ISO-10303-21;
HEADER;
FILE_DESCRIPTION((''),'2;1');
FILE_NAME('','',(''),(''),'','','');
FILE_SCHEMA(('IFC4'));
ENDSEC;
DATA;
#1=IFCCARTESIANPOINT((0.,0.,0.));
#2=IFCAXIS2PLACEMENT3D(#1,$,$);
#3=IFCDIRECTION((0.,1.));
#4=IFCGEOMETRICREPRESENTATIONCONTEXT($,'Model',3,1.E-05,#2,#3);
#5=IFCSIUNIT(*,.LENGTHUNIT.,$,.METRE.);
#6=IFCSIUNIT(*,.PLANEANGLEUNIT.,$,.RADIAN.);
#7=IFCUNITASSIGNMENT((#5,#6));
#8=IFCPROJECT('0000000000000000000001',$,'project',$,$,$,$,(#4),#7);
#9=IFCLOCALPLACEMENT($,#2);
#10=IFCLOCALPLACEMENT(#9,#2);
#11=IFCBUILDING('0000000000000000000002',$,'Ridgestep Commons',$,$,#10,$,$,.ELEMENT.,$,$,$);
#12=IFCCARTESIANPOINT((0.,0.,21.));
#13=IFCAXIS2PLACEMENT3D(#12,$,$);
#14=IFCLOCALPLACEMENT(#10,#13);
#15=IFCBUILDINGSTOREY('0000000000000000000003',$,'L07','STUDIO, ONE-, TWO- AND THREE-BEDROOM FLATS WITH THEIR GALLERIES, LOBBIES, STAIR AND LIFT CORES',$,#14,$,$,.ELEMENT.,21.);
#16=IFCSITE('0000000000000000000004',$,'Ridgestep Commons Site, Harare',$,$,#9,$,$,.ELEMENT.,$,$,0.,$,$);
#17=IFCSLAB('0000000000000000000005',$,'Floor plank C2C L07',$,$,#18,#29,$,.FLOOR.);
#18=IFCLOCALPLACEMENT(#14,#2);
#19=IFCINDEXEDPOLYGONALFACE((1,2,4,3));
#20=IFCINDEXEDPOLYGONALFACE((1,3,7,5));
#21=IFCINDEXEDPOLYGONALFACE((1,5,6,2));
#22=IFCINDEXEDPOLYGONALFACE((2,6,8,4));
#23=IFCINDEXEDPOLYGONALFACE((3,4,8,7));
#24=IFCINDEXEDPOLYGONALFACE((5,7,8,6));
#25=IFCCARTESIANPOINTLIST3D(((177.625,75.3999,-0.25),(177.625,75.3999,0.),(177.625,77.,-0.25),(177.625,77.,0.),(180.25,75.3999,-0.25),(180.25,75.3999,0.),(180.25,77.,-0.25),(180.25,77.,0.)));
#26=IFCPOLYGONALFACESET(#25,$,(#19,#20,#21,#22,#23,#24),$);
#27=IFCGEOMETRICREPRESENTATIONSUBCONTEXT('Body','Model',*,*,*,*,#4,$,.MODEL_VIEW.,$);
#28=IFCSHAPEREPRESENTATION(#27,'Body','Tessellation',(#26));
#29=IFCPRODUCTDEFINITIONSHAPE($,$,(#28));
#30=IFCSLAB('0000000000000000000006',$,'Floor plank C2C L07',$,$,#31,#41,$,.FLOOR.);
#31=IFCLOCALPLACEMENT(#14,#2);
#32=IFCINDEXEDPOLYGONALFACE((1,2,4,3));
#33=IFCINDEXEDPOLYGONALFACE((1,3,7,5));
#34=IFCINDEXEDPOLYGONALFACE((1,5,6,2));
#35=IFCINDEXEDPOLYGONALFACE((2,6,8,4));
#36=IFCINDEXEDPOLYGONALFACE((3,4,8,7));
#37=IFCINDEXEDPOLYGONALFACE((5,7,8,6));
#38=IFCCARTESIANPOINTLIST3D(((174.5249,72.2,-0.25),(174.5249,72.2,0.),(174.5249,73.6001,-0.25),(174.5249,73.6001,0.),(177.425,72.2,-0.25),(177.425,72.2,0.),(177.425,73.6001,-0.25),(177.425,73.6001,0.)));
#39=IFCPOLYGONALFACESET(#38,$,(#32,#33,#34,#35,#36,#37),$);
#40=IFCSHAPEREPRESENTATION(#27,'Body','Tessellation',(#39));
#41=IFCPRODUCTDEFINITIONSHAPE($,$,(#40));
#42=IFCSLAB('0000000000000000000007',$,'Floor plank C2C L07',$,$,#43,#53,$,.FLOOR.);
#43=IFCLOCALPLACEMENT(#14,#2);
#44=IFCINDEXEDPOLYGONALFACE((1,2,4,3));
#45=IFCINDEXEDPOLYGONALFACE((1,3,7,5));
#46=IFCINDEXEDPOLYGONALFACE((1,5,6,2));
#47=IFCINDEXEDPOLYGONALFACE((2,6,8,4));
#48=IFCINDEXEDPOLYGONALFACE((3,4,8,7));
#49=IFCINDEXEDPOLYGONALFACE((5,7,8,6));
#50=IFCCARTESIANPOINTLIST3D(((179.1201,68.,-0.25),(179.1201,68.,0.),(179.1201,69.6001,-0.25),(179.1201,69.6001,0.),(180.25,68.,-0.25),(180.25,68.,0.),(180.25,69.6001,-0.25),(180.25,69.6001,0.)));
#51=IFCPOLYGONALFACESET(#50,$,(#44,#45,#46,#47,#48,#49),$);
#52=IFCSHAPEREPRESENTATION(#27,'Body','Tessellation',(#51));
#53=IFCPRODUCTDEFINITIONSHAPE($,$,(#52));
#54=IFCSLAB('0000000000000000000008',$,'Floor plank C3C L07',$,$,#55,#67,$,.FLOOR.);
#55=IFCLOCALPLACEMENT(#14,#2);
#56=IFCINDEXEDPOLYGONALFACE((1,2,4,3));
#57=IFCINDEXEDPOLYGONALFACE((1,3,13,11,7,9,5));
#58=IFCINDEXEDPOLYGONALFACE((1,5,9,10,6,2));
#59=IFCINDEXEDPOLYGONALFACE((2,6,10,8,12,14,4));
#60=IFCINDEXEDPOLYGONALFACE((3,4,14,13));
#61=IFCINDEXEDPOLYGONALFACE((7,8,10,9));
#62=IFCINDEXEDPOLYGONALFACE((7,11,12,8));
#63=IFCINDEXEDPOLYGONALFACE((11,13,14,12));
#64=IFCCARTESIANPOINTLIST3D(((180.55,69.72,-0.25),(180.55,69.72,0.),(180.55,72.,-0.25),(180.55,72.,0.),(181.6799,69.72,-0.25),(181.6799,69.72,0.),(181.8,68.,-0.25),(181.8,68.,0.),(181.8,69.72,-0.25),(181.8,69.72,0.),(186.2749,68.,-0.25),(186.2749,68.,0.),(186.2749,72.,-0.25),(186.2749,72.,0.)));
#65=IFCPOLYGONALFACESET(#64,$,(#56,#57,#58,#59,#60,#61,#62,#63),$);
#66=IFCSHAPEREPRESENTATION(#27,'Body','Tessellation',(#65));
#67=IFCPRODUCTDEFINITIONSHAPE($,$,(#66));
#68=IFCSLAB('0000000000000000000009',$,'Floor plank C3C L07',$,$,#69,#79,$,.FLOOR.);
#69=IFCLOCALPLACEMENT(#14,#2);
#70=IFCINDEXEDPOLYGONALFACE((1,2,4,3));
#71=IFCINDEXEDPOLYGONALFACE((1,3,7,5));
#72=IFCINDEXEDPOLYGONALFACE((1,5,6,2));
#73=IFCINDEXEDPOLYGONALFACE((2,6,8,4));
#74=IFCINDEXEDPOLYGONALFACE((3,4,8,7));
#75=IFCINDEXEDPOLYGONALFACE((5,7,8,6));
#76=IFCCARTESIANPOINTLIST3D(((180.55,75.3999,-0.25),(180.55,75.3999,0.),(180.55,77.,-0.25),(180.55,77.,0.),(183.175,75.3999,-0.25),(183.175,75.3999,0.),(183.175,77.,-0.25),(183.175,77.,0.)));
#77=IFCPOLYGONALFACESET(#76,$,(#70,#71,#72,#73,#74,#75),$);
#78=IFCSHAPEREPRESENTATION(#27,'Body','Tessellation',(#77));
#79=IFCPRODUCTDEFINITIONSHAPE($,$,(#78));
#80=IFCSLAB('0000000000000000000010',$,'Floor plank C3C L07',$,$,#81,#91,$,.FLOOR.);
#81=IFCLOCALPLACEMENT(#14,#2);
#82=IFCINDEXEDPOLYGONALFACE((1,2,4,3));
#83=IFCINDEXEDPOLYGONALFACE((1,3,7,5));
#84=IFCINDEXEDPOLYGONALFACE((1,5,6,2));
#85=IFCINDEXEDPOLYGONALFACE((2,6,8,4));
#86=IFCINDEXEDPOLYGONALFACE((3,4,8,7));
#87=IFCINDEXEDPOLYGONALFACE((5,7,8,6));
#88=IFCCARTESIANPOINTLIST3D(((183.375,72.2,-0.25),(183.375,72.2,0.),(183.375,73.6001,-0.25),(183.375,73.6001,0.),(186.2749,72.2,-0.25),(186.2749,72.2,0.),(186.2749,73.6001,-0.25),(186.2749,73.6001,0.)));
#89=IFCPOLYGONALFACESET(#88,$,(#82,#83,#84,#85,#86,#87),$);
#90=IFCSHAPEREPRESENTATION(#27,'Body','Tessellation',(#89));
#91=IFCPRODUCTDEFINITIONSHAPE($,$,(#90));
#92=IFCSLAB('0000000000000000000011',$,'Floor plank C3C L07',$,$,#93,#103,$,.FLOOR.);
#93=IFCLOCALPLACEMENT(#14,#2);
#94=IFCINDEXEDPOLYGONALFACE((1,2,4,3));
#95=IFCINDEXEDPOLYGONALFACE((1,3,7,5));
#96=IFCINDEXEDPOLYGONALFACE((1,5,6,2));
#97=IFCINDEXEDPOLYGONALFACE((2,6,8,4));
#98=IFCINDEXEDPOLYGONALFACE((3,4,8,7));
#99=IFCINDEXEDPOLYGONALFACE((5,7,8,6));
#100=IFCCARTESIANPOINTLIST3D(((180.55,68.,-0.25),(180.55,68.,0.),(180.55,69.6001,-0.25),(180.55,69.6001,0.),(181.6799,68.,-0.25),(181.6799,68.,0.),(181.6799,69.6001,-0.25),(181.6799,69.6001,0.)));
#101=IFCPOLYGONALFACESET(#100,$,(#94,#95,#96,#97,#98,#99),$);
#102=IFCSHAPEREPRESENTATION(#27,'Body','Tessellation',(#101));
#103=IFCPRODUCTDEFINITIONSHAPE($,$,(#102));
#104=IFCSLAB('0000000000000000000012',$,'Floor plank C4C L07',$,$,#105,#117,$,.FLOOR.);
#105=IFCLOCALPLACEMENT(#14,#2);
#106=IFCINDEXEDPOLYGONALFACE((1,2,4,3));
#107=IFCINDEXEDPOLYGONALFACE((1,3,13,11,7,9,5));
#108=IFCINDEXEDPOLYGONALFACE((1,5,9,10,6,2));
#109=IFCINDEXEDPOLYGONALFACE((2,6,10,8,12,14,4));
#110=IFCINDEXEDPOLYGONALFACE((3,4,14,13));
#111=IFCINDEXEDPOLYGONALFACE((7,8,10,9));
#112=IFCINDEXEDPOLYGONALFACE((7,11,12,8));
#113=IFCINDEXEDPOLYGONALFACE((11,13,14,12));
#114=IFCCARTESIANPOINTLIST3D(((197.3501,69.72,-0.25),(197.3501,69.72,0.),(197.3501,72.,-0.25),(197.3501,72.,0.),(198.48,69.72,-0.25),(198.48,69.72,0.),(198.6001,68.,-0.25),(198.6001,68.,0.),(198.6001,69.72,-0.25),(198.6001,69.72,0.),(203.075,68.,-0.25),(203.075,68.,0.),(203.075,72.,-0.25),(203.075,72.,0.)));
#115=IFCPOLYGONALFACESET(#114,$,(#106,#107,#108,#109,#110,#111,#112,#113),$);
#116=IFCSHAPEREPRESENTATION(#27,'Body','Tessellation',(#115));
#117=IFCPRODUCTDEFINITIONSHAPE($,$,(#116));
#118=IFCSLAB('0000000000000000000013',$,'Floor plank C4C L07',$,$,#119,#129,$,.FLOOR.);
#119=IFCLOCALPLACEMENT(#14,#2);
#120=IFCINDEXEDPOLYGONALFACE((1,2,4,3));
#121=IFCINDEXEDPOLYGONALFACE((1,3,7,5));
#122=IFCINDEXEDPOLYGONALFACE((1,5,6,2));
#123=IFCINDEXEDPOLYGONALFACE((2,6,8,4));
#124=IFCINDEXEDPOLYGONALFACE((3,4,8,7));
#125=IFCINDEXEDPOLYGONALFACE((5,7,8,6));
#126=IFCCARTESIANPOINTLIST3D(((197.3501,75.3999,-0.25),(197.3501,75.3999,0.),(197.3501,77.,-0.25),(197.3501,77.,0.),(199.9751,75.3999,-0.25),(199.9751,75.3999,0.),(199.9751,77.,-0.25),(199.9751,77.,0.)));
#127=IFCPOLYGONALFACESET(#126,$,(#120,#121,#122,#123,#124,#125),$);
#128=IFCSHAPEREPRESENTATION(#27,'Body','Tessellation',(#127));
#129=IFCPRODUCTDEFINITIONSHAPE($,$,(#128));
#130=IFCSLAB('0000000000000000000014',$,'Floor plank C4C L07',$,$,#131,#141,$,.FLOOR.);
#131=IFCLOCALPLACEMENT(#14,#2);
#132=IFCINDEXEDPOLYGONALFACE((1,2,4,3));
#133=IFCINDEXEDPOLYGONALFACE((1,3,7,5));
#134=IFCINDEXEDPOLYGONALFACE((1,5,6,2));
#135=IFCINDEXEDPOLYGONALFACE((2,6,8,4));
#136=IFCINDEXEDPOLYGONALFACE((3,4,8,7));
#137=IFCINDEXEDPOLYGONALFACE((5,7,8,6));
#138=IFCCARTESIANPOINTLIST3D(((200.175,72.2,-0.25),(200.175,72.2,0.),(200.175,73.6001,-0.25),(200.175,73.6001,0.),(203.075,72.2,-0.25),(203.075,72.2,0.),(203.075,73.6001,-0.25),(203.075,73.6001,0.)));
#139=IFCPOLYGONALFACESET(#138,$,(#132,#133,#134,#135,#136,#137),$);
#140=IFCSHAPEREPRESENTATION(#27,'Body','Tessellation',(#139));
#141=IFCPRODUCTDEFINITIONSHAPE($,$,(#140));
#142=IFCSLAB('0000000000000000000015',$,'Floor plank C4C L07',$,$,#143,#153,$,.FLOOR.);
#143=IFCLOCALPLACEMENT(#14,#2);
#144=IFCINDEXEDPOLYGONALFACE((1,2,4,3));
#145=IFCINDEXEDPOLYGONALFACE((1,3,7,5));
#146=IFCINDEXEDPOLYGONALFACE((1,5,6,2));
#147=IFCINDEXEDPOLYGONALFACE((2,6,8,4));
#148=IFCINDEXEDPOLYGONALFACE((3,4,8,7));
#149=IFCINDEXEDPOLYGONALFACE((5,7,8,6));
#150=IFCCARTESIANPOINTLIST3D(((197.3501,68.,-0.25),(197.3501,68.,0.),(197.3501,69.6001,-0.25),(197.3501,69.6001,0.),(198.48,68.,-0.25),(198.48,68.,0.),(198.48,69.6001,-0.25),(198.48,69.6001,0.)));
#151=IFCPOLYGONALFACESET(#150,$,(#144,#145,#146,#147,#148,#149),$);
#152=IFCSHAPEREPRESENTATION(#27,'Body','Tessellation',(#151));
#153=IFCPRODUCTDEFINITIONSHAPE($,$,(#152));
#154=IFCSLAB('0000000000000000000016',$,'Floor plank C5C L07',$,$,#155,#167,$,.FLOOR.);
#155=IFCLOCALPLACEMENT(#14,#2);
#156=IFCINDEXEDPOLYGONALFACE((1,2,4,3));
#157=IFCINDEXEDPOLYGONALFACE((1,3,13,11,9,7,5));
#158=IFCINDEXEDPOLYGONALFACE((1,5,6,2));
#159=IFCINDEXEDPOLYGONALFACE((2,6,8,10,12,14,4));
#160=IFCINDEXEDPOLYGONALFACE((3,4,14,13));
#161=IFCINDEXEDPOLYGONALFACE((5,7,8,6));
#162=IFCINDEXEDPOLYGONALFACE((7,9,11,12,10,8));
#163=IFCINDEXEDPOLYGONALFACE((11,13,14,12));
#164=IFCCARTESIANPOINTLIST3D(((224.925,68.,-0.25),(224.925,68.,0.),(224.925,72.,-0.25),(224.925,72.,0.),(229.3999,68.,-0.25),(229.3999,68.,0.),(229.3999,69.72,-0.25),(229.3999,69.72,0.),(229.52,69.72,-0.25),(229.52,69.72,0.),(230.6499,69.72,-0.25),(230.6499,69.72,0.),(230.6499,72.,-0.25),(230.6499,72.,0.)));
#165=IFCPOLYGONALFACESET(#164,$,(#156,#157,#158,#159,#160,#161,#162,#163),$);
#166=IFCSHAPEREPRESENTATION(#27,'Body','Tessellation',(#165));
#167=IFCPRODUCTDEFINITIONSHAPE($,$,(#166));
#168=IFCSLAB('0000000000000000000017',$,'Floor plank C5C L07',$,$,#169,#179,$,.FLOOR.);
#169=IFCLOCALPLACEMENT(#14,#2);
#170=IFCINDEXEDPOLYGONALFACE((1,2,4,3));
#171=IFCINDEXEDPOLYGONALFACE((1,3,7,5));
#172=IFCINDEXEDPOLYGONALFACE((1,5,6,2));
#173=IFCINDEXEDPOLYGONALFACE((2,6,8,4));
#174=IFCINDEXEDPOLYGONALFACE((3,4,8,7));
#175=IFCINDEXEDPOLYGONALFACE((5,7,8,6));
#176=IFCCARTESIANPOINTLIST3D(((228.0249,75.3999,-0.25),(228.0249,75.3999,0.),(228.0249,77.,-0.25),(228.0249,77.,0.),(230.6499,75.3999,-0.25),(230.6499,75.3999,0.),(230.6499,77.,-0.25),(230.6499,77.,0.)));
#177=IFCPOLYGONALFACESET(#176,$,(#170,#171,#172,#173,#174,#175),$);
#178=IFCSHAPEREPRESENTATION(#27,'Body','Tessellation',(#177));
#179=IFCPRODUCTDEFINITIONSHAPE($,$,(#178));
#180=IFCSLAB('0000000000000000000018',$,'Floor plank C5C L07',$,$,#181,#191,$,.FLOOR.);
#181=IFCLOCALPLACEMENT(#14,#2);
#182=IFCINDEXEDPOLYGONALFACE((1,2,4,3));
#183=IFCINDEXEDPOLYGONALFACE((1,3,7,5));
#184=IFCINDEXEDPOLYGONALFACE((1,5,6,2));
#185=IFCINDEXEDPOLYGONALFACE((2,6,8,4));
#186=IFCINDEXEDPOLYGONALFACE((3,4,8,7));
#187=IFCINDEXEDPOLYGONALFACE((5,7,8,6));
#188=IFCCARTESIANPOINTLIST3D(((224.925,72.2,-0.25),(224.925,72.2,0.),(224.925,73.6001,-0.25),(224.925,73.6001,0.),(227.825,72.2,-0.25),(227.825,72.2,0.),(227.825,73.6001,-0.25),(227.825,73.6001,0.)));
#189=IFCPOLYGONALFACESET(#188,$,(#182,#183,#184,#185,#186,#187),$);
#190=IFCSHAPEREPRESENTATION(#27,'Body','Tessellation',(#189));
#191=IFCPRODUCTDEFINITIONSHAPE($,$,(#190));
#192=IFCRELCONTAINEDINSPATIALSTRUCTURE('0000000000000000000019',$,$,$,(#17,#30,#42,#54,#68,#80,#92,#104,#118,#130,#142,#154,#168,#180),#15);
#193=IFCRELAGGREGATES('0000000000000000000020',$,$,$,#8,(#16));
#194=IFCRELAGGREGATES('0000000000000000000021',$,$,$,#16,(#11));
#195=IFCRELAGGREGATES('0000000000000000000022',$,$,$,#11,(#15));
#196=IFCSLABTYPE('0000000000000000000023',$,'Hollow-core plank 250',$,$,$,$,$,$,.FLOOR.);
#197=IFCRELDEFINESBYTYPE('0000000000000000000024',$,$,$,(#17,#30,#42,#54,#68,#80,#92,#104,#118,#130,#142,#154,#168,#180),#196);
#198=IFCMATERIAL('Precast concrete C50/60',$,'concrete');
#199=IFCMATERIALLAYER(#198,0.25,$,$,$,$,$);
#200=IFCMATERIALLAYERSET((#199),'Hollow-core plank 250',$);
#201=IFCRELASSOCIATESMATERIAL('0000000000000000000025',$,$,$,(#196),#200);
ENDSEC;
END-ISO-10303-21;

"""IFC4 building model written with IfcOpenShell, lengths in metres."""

from ifc_helpers import new_model, si_unit, direction, frame, origin, place, context, subcontext, project, spatial, polyline, outline, extrude, material, layer, layer_set, type_object, element, save


model = new_model("IFC4")

# Units and contexts
model_context = context("Model", 3, precision=1e-05, world=origin(), true_north=direction((0.0, 1.0)))
body_context = subcontext(model_context, "Body", "Model", "MODEL_VIEW")
ifc_project = project(units=[si_unit("LENGTHUNIT", "METRE"), si_unit("PLANEANGLEUNIT", "RADIAN")], contexts=[model_context])

# Site, building, storey
site_placement = place(None, origin())
site = spatial("IfcSite", under=ifc_project, at=site_placement, Name="Ridgestep Commons Site, Harare", CompositionType="ELEMENT", RefElevation=0.0)
building_placement = place(site_placement, origin())
building = spatial("IfcBuilding", under=site, at=building_placement, Name="Ridgestep Commons", CompositionType="ELEMENT")
storey_placement = place(building_placement, frame((0.0, 0.0, 21.0)))
storey = spatial("IfcBuildingStorey", under=building, at=storey_placement, Name="L07", Description="STUDIO, ONE-, TWO- AND THREE-BEDROOM FLATS WITH THEIR GALLERIES, LOBBIES, STAIR AND LIFT CORES", CompositionType="ELEMENT", Elevation=21.0)

# Slabs
ifc_material_1 = material(Name="Precast concrete C50/60", Category="concrete")
ifc_layer_1 = layer(ifc_material_1, 0.25)
ifc_layer_set_1 = layer_set([ifc_layer_1], Name="Hollow-core plank 250")
slab_type_1 = type_object("IfcSlabType", Name="Hollow-core plank 250", PredefinedType="FLOOR", material=ifc_layer_set_1)
slab_1_placement = place(storey_placement, frame((0.0, 0.0, -0.25)))
element("IfcSlab", 1, at=slab_1_placement, inside=storey, type_object=slab_type_1, Name="Floor plank C2C L07", PredefinedType="FLOOR", context=body_context, shape_type="SweptSolid", body=[
    extrude(outline(polyline([(180.25, 75.3999), (180.25, 77.0), (177.625, 77.0), (177.625, 75.3999), (180.25, 75.3999)])), origin(), (0.0, 0.0, 1.0), 0.25),
])
slab_2_placement = place(storey_placement, frame((0.0, 0.0, -0.25)))
element("IfcSlab", 2, at=slab_2_placement, inside=storey, type_object=slab_type_1, Name="Floor plank C2C L07", PredefinedType="FLOOR", context=body_context, shape_type="SweptSolid", body=[
    extrude(outline(polyline([(177.425, 72.2), (177.425, 73.6001), (174.5249, 73.6001), (174.5249, 72.2), (177.425, 72.2)])), origin(), (0.0, 0.0, 1.0), 0.25),
])
slab_3_placement = place(storey_placement, frame((0.0, 0.0, -0.25)))
element("IfcSlab", 3, at=slab_3_placement, inside=storey, type_object=slab_type_1, Name="Floor plank C2C L07", PredefinedType="FLOOR", context=body_context, shape_type="SweptSolid", body=[
    extrude(outline(polyline([(179.1201, 68.0), (180.25, 68.0), (180.25, 69.6001), (179.1201, 69.6001), (179.1201, 68.0)])), origin(), (0.0, 0.0, 1.0), 0.25),
])
slab_4_placement = place(storey_placement, frame((0.0, 0.0, -0.25)))
element("IfcSlab", 4, at=slab_4_placement, inside=storey, type_object=slab_type_1, Name="Floor plank C3C L07", PredefinedType="FLOOR", context=body_context, shape_type="SweptSolid", body=[
    extrude(outline(polyline([(181.8, 68.0), (186.2749, 68.0), (186.2749, 72.0), (180.55, 72.0), (180.55, 69.72), (181.6799, 69.72), (181.8, 69.72), (181.8, 68.0)])), origin(), (0.0, 0.0, 1.0), 0.25),
])
slab_5_placement = place(storey_placement, frame((0.0, 0.0, -0.25)))
element("IfcSlab", 5, at=slab_5_placement, inside=storey, type_object=slab_type_1, Name="Floor plank C3C L07", PredefinedType="FLOOR", context=body_context, shape_type="SweptSolid", body=[
    extrude(outline(polyline([(183.175, 77.0), (180.55, 77.0), (180.55, 75.3999), (183.175, 75.3999), (183.175, 77.0)])), origin(), (0.0, 0.0, 1.0), 0.25),
])
slab_6_placement = place(storey_placement, frame((0.0, 0.0, -0.25)))
element("IfcSlab", 6, at=slab_6_placement, inside=storey, type_object=slab_type_1, Name="Floor plank C3C L07", PredefinedType="FLOOR", context=body_context, shape_type="SweptSolid", body=[
    extrude(outline(polyline([(186.2749, 72.2), (186.2749, 73.6001), (183.375, 73.6001), (183.375, 72.2), (186.2749, 72.2)])), origin(), (0.0, 0.0, 1.0), 0.25),
])
slab_7_placement = place(storey_placement, frame((0.0, 0.0, -0.25)))
element("IfcSlab", 7, at=slab_7_placement, inside=storey, type_object=slab_type_1, Name="Floor plank C3C L07", PredefinedType="FLOOR", context=body_context, shape_type="SweptSolid", body=[
    extrude(outline(polyline([(181.6799, 69.6001), (180.55, 69.6001), (180.55, 68.0), (181.6799, 68.0), (181.6799, 69.6001)])), origin(), (0.0, 0.0, 1.0), 0.25),
])
slab_8_placement = place(storey_placement, frame((0.0, 0.0, -0.25)))
element("IfcSlab", 8, at=slab_8_placement, inside=storey, type_object=slab_type_1, Name="Floor plank C4C L07", PredefinedType="FLOOR", context=body_context, shape_type="SweptSolid", body=[
    extrude(outline(polyline([(198.6001, 68.0), (203.075, 68.0), (203.075, 72.0), (197.3501, 72.0), (197.3501, 69.72), (198.48, 69.72), (198.6001, 69.72), (198.6001, 68.0)])), origin(), (0.0, 0.0, 1.0), 0.25),
])
slab_9_placement = place(storey_placement, frame((0.0, 0.0, -0.25)))
element("IfcSlab", 9, at=slab_9_placement, inside=storey, type_object=slab_type_1, Name="Floor plank C4C L07", PredefinedType="FLOOR", context=body_context, shape_type="SweptSolid", body=[
    extrude(outline(polyline([(199.9751, 77.0), (197.3501, 77.0), (197.3501, 75.3999), (199.9751, 75.3999), (199.9751, 77.0)])), origin(), (0.0, 0.0, 1.0), 0.25),
])
slab_10_placement = place(storey_placement, frame((0.0, 0.0, -0.25)))
element("IfcSlab", 10, at=slab_10_placement, inside=storey, type_object=slab_type_1, Name="Floor plank C4C L07", PredefinedType="FLOOR", context=body_context, shape_type="SweptSolid", body=[
    extrude(outline(polyline([(203.075, 72.2), (203.075, 73.6001), (200.175, 73.6001), (200.175, 72.2), (203.075, 72.2)])), origin(), (0.0, 0.0, 1.0), 0.25),
])
slab_11_placement = place(storey_placement, frame((0.0, 0.0, -0.25)))
element("IfcSlab", 11, at=slab_11_placement, inside=storey, type_object=slab_type_1, Name="Floor plank C4C L07", PredefinedType="FLOOR", context=body_context, shape_type="SweptSolid", body=[
    extrude(outline(polyline([(198.48, 69.6001), (197.3501, 69.6001), (197.3501, 68.0), (198.48, 68.0), (198.48, 69.6001)])), origin(), (0.0, 0.0, 1.0), 0.25),
])
slab_12_placement = place(storey_placement, frame((0.0, 0.0, -0.25)))
element("IfcSlab", 12, at=slab_12_placement, inside=storey, type_object=slab_type_1, Name="Floor plank C5C L07", PredefinedType="FLOOR", context=body_context, shape_type="SweptSolid", body=[
    extrude(outline(polyline([(229.52, 69.72), (230.6499, 69.72), (230.6499, 72.0), (224.925, 72.0), (224.925, 68.0), (229.3999, 68.0), (229.3999, 69.72), (229.52, 69.72)])), origin(), (0.0, 0.0, 1.0), 0.25),
])
slab_13_placement = place(storey_placement, frame((0.0, 0.0, -0.25)))
element("IfcSlab", 13, at=slab_13_placement, inside=storey, type_object=slab_type_1, Name="Floor plank C5C L07", PredefinedType="FLOOR", context=body_context, shape_type="SweptSolid", body=[
    extrude(outline(polyline([(230.6499, 75.3999), (230.6499, 77.0), (228.0249, 77.0), (228.0249, 75.3999), (230.6499, 75.3999)])), origin(), (0.0, 0.0, 1.0), 0.25),
])
slab_14_placement = place(storey_placement, frame((0.0, 0.0, -0.25)))
element("IfcSlab", 14, at=slab_14_placement, inside=storey, type_object=slab_type_1, Name="Floor plank C5C L07", PredefinedType="FLOOR", context=body_context, shape_type="SweptSolid", body=[
    extrude(outline(polyline([(227.825, 72.2), (227.825, 73.6001), (224.925, 73.6001), (224.925, 72.2), (227.825, 72.2)])), origin(), (0.0, 0.0, 1.0), 0.25),
])

save(model, "model.ifc")
